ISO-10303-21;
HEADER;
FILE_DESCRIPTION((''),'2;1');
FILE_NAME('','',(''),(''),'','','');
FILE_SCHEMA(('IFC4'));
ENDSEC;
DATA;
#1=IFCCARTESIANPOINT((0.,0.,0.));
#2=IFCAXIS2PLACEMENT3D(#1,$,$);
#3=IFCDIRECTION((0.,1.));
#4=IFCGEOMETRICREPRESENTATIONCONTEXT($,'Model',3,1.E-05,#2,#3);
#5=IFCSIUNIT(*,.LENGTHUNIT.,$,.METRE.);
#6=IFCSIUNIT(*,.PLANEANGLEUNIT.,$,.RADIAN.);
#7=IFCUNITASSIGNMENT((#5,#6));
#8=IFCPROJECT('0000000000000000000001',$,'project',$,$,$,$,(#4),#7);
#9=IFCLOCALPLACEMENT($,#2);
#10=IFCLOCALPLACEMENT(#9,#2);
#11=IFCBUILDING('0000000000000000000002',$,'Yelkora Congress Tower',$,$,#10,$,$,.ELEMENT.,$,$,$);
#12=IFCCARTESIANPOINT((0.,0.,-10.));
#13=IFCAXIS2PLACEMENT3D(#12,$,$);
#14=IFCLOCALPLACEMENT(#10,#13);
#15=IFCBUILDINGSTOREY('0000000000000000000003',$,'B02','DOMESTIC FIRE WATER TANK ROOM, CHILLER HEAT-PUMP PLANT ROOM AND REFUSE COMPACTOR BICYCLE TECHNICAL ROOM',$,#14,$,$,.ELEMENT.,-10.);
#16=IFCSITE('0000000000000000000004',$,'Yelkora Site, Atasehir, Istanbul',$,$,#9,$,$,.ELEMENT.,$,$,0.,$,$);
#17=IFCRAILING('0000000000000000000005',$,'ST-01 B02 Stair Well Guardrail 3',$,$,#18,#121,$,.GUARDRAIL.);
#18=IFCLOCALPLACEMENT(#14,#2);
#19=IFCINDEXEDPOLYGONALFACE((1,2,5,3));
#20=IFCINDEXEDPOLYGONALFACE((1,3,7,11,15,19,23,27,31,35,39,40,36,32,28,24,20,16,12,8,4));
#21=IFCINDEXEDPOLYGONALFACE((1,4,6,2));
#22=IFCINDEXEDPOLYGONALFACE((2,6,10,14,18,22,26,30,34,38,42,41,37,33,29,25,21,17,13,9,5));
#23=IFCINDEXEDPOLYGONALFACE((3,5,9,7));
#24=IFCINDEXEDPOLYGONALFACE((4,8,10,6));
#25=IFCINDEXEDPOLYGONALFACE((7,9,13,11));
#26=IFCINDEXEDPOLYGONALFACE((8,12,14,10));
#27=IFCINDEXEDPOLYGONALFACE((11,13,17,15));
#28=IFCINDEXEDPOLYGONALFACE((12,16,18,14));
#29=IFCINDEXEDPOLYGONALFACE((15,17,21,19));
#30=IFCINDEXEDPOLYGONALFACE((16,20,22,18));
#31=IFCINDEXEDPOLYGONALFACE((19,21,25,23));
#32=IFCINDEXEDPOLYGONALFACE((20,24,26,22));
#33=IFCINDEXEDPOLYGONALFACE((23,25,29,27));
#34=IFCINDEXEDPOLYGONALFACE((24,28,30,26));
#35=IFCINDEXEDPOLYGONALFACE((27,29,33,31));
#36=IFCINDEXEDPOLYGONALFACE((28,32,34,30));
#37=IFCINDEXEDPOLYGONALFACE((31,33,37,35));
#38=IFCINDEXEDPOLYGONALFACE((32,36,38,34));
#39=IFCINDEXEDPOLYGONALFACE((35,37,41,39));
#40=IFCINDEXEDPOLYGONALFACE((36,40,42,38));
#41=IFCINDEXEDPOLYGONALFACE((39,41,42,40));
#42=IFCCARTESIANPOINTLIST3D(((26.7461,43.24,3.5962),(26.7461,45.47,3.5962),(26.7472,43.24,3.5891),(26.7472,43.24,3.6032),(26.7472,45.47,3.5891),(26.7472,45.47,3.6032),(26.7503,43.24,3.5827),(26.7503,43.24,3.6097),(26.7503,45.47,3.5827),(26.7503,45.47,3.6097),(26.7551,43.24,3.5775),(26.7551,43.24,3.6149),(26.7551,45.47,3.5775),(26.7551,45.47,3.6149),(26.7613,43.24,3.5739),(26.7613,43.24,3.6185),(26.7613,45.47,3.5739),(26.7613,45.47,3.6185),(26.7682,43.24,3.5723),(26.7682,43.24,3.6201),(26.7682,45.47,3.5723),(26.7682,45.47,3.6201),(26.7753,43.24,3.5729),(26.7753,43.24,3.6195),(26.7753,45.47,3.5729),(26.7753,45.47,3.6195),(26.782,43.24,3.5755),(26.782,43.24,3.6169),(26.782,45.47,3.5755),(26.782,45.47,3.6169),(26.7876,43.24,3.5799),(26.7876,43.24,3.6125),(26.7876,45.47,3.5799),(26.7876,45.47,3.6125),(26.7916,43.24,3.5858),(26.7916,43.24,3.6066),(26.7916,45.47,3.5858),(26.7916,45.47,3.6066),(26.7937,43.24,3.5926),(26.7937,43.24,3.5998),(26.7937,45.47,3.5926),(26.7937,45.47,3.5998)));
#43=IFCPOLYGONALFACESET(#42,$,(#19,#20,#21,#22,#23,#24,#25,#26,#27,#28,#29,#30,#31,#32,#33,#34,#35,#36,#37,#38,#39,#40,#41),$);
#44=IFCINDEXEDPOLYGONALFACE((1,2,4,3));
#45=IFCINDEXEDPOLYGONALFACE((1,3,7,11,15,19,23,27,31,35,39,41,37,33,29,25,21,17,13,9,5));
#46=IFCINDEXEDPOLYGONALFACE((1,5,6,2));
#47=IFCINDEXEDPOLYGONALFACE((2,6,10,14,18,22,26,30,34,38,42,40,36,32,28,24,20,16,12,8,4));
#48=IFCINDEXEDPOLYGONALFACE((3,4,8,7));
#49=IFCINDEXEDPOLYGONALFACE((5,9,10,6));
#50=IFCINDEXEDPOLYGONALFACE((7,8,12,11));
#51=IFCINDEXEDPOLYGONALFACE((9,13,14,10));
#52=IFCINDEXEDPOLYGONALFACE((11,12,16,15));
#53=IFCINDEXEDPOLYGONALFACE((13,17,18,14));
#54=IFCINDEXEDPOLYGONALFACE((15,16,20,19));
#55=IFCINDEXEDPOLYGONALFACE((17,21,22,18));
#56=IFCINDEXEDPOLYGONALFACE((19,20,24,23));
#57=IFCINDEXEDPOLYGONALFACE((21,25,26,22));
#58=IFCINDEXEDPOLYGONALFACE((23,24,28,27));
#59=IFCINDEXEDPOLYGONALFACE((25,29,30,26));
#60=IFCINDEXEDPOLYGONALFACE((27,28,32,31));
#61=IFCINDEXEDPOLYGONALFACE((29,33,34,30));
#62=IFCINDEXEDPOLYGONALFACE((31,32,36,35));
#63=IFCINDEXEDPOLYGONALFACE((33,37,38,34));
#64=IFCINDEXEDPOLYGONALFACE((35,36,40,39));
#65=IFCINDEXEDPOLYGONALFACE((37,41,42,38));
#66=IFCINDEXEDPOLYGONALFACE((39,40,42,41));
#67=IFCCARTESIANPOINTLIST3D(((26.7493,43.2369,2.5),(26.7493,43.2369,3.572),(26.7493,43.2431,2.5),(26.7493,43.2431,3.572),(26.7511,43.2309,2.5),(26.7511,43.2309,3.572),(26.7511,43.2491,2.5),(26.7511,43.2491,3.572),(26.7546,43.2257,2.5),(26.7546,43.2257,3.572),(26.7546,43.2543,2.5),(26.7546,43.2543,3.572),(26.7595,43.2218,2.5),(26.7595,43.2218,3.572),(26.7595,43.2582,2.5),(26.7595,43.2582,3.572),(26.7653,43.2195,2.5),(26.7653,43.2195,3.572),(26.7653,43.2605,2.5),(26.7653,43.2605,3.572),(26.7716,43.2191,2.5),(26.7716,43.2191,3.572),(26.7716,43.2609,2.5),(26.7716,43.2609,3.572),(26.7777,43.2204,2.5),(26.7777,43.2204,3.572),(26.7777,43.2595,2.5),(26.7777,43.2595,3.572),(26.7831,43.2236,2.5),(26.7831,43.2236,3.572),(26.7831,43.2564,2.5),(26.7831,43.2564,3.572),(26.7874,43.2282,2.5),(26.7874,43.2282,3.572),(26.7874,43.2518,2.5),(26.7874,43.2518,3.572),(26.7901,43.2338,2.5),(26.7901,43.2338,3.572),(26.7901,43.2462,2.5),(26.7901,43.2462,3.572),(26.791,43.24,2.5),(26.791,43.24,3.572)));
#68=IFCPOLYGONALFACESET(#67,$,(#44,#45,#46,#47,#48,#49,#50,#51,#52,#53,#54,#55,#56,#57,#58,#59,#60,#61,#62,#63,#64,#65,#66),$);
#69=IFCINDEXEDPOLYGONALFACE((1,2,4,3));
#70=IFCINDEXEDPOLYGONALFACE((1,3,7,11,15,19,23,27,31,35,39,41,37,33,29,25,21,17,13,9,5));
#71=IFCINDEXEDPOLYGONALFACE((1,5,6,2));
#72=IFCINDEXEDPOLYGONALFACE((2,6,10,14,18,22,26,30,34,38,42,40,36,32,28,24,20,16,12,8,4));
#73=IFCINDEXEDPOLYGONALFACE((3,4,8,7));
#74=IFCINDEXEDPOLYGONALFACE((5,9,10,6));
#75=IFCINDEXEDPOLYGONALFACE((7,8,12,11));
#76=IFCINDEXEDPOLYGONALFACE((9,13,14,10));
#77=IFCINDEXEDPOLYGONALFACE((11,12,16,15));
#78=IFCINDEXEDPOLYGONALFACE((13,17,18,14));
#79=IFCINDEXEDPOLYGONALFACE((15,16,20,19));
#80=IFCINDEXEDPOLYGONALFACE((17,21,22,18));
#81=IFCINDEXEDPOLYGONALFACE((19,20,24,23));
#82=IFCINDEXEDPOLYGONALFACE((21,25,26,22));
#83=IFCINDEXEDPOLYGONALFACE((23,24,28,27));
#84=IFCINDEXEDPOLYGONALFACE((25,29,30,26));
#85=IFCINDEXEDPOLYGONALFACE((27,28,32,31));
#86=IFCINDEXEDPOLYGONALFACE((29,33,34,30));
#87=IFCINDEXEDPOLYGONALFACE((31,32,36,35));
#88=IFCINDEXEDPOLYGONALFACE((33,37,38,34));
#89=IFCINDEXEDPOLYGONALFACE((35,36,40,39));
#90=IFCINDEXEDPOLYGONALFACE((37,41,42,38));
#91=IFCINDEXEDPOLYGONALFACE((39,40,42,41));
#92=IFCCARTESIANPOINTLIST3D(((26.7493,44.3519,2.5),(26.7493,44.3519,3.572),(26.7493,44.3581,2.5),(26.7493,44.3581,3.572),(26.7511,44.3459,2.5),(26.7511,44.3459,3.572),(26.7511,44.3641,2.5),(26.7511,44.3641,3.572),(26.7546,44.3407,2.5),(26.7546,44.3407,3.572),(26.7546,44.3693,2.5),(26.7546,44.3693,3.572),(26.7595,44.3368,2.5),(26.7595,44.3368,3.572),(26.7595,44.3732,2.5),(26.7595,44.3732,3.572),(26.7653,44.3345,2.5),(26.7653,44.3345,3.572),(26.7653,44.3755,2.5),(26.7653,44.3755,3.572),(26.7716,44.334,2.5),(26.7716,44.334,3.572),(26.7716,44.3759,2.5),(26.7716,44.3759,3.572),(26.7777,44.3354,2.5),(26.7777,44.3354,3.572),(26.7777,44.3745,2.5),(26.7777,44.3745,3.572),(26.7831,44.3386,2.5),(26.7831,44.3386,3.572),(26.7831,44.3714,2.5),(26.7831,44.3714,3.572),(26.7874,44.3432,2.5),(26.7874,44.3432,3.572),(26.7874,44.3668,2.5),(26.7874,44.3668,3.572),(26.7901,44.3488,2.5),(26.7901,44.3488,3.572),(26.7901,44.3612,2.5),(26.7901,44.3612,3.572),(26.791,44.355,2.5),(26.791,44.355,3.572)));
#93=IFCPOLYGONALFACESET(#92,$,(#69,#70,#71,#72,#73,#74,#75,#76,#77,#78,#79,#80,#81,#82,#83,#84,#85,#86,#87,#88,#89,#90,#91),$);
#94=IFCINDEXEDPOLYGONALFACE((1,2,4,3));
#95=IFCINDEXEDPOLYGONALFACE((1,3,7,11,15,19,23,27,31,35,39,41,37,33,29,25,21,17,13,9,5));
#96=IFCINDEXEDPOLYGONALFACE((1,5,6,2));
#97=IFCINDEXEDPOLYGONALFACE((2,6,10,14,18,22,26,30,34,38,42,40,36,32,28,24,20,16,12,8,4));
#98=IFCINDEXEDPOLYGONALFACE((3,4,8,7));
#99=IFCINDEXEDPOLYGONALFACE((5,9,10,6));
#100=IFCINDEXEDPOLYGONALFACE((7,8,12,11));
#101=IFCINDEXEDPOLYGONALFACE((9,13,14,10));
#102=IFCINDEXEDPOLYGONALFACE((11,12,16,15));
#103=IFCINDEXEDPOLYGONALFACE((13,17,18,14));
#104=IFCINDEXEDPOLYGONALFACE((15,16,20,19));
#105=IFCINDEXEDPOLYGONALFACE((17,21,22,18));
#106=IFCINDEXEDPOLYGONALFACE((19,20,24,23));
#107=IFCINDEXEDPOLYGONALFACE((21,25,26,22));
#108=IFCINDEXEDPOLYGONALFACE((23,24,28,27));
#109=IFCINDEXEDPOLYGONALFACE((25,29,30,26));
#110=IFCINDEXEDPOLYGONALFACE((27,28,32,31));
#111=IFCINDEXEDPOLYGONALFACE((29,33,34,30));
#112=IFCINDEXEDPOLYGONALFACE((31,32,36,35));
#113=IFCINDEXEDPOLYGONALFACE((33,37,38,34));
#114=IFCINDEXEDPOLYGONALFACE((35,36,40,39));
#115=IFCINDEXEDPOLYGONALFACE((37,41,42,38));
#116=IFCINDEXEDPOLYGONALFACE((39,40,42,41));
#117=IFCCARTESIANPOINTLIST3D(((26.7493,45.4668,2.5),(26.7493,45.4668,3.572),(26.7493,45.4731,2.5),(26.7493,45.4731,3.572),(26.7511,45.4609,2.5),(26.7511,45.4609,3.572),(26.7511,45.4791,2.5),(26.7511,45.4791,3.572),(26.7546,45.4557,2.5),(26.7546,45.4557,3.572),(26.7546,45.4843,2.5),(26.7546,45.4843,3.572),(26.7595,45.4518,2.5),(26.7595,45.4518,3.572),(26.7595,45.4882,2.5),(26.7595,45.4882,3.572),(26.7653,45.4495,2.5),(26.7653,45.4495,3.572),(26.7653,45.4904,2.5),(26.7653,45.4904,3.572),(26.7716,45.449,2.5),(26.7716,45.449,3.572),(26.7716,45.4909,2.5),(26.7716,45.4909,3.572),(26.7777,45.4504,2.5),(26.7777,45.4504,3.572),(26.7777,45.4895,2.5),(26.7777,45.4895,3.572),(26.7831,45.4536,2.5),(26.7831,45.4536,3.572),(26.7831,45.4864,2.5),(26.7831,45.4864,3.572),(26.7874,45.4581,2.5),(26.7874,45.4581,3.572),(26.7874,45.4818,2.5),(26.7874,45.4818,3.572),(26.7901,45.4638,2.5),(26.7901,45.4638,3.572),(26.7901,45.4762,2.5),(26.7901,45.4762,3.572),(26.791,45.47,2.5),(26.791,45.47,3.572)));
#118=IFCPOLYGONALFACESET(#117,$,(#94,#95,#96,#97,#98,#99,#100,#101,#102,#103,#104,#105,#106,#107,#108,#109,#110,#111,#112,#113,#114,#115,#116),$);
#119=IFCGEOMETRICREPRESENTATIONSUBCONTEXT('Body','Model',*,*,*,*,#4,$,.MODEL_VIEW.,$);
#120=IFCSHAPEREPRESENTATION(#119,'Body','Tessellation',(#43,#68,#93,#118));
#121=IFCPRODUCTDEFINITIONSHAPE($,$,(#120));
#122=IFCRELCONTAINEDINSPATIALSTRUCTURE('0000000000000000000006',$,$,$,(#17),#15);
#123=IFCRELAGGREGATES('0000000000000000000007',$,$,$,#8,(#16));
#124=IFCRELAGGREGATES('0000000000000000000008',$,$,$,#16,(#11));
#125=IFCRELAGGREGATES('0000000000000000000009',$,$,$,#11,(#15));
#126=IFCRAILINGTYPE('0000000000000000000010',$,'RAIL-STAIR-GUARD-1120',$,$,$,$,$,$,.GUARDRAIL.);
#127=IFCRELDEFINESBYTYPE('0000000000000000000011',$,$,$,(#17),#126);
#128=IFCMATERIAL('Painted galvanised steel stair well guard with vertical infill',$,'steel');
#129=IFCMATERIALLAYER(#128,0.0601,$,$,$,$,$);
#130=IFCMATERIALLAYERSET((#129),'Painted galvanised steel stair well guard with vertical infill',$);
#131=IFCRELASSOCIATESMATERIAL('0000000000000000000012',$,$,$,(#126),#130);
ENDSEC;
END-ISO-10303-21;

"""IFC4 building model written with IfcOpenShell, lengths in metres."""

from ifc_helpers import new_model, si_unit, direction, frame, origin, origin_2d, place, context, subcontext, project, spatial, circle, extrude, material, layer, layer_set, type_object, element, save


model = new_model("IFC4")

# Units and contexts
model_context = context("Model", 3, precision=1e-05, world=origin(), true_north=direction((0.0, 1.0)))
body_context = subcontext(model_context, "Body", "Model", "MODEL_VIEW")
ifc_project = project(units=[si_unit("LENGTHUNIT", "METRE"), si_unit("PLANEANGLEUNIT", "RADIAN")], contexts=[model_context])

# Site, building, storey
site_placement = place(None, origin())
site = spatial("IfcSite", under=ifc_project, at=site_placement, Name="Yelkora Site, Atasehir, Istanbul", CompositionType="ELEMENT", RefElevation=0.0)
building_placement = place(site_placement, origin())
building = spatial("IfcBuilding", under=site, at=building_placement, Name="Yelkora Congress Tower", CompositionType="ELEMENT")
storey_placement = place(building_placement, frame((0.0, 0.0, -10.0)))
storey = spatial("IfcBuildingStorey", under=building, at=storey_placement, Name="B02", Description="DOMESTIC FIRE WATER TANK ROOM, CHILLER HEAT-PUMP PLANT ROOM AND REFUSE COMPACTOR BICYCLE TECHNICAL ROOM", CompositionType="ELEMENT", Elevation=-10.0)

# Railing
ifc_material_1 = material(Name="Painted galvanised steel stair well guard with vertical infill", Category="steel")
ifc_layer_1 = layer(ifc_material_1, 0.0601)
ifc_layer_set_1 = layer_set([ifc_layer_1], Name="Painted galvanised steel stair well guard with vertical infill")
railing_type_1 = type_object("IfcRailingType", Name="RAIL-STAIR-GUARD-1120", PredefinedType="GUARDRAIL", material=ifc_layer_set_1)
railing_1_placement = place(storey_placement, frame((26.77, 43.24, 2.5)))
element("IfcRailing", 1, at=railing_1_placement, inside=storey, type_object=railing_type_1, Name="ST-01 B02 Stair Well Guardrail 3", PredefinedType="GUARDRAIL", context=body_context, shape_type="SweptSolid", body=[
    extrude(circle(Radius=0.0239, at=origin_2d()), frame((0.0, 0.0, 1.0962), z_axis=(0.0, 1.0, 0.0), x_axis=(-1.0, 0.0, 0.0)), (0.0, 0.0, 1.0), 2.23),
    extrude(circle(Radius=0.021, at=origin_2d()), origin(), (0.0, 0.0, 1.0), 1.072),
    extrude(circle(Radius=0.021, at=origin_2d()), frame((0.0, 1.115, 0.0)), (0.0, 0.0, 1.0), 1.072),
    extrude(circle(Radius=0.021, at=origin_2d()), frame((0.0, 2.23, 0.0)), (0.0, 0.0, 1.0), 1.072),
])

save(model, "model.ifc")
